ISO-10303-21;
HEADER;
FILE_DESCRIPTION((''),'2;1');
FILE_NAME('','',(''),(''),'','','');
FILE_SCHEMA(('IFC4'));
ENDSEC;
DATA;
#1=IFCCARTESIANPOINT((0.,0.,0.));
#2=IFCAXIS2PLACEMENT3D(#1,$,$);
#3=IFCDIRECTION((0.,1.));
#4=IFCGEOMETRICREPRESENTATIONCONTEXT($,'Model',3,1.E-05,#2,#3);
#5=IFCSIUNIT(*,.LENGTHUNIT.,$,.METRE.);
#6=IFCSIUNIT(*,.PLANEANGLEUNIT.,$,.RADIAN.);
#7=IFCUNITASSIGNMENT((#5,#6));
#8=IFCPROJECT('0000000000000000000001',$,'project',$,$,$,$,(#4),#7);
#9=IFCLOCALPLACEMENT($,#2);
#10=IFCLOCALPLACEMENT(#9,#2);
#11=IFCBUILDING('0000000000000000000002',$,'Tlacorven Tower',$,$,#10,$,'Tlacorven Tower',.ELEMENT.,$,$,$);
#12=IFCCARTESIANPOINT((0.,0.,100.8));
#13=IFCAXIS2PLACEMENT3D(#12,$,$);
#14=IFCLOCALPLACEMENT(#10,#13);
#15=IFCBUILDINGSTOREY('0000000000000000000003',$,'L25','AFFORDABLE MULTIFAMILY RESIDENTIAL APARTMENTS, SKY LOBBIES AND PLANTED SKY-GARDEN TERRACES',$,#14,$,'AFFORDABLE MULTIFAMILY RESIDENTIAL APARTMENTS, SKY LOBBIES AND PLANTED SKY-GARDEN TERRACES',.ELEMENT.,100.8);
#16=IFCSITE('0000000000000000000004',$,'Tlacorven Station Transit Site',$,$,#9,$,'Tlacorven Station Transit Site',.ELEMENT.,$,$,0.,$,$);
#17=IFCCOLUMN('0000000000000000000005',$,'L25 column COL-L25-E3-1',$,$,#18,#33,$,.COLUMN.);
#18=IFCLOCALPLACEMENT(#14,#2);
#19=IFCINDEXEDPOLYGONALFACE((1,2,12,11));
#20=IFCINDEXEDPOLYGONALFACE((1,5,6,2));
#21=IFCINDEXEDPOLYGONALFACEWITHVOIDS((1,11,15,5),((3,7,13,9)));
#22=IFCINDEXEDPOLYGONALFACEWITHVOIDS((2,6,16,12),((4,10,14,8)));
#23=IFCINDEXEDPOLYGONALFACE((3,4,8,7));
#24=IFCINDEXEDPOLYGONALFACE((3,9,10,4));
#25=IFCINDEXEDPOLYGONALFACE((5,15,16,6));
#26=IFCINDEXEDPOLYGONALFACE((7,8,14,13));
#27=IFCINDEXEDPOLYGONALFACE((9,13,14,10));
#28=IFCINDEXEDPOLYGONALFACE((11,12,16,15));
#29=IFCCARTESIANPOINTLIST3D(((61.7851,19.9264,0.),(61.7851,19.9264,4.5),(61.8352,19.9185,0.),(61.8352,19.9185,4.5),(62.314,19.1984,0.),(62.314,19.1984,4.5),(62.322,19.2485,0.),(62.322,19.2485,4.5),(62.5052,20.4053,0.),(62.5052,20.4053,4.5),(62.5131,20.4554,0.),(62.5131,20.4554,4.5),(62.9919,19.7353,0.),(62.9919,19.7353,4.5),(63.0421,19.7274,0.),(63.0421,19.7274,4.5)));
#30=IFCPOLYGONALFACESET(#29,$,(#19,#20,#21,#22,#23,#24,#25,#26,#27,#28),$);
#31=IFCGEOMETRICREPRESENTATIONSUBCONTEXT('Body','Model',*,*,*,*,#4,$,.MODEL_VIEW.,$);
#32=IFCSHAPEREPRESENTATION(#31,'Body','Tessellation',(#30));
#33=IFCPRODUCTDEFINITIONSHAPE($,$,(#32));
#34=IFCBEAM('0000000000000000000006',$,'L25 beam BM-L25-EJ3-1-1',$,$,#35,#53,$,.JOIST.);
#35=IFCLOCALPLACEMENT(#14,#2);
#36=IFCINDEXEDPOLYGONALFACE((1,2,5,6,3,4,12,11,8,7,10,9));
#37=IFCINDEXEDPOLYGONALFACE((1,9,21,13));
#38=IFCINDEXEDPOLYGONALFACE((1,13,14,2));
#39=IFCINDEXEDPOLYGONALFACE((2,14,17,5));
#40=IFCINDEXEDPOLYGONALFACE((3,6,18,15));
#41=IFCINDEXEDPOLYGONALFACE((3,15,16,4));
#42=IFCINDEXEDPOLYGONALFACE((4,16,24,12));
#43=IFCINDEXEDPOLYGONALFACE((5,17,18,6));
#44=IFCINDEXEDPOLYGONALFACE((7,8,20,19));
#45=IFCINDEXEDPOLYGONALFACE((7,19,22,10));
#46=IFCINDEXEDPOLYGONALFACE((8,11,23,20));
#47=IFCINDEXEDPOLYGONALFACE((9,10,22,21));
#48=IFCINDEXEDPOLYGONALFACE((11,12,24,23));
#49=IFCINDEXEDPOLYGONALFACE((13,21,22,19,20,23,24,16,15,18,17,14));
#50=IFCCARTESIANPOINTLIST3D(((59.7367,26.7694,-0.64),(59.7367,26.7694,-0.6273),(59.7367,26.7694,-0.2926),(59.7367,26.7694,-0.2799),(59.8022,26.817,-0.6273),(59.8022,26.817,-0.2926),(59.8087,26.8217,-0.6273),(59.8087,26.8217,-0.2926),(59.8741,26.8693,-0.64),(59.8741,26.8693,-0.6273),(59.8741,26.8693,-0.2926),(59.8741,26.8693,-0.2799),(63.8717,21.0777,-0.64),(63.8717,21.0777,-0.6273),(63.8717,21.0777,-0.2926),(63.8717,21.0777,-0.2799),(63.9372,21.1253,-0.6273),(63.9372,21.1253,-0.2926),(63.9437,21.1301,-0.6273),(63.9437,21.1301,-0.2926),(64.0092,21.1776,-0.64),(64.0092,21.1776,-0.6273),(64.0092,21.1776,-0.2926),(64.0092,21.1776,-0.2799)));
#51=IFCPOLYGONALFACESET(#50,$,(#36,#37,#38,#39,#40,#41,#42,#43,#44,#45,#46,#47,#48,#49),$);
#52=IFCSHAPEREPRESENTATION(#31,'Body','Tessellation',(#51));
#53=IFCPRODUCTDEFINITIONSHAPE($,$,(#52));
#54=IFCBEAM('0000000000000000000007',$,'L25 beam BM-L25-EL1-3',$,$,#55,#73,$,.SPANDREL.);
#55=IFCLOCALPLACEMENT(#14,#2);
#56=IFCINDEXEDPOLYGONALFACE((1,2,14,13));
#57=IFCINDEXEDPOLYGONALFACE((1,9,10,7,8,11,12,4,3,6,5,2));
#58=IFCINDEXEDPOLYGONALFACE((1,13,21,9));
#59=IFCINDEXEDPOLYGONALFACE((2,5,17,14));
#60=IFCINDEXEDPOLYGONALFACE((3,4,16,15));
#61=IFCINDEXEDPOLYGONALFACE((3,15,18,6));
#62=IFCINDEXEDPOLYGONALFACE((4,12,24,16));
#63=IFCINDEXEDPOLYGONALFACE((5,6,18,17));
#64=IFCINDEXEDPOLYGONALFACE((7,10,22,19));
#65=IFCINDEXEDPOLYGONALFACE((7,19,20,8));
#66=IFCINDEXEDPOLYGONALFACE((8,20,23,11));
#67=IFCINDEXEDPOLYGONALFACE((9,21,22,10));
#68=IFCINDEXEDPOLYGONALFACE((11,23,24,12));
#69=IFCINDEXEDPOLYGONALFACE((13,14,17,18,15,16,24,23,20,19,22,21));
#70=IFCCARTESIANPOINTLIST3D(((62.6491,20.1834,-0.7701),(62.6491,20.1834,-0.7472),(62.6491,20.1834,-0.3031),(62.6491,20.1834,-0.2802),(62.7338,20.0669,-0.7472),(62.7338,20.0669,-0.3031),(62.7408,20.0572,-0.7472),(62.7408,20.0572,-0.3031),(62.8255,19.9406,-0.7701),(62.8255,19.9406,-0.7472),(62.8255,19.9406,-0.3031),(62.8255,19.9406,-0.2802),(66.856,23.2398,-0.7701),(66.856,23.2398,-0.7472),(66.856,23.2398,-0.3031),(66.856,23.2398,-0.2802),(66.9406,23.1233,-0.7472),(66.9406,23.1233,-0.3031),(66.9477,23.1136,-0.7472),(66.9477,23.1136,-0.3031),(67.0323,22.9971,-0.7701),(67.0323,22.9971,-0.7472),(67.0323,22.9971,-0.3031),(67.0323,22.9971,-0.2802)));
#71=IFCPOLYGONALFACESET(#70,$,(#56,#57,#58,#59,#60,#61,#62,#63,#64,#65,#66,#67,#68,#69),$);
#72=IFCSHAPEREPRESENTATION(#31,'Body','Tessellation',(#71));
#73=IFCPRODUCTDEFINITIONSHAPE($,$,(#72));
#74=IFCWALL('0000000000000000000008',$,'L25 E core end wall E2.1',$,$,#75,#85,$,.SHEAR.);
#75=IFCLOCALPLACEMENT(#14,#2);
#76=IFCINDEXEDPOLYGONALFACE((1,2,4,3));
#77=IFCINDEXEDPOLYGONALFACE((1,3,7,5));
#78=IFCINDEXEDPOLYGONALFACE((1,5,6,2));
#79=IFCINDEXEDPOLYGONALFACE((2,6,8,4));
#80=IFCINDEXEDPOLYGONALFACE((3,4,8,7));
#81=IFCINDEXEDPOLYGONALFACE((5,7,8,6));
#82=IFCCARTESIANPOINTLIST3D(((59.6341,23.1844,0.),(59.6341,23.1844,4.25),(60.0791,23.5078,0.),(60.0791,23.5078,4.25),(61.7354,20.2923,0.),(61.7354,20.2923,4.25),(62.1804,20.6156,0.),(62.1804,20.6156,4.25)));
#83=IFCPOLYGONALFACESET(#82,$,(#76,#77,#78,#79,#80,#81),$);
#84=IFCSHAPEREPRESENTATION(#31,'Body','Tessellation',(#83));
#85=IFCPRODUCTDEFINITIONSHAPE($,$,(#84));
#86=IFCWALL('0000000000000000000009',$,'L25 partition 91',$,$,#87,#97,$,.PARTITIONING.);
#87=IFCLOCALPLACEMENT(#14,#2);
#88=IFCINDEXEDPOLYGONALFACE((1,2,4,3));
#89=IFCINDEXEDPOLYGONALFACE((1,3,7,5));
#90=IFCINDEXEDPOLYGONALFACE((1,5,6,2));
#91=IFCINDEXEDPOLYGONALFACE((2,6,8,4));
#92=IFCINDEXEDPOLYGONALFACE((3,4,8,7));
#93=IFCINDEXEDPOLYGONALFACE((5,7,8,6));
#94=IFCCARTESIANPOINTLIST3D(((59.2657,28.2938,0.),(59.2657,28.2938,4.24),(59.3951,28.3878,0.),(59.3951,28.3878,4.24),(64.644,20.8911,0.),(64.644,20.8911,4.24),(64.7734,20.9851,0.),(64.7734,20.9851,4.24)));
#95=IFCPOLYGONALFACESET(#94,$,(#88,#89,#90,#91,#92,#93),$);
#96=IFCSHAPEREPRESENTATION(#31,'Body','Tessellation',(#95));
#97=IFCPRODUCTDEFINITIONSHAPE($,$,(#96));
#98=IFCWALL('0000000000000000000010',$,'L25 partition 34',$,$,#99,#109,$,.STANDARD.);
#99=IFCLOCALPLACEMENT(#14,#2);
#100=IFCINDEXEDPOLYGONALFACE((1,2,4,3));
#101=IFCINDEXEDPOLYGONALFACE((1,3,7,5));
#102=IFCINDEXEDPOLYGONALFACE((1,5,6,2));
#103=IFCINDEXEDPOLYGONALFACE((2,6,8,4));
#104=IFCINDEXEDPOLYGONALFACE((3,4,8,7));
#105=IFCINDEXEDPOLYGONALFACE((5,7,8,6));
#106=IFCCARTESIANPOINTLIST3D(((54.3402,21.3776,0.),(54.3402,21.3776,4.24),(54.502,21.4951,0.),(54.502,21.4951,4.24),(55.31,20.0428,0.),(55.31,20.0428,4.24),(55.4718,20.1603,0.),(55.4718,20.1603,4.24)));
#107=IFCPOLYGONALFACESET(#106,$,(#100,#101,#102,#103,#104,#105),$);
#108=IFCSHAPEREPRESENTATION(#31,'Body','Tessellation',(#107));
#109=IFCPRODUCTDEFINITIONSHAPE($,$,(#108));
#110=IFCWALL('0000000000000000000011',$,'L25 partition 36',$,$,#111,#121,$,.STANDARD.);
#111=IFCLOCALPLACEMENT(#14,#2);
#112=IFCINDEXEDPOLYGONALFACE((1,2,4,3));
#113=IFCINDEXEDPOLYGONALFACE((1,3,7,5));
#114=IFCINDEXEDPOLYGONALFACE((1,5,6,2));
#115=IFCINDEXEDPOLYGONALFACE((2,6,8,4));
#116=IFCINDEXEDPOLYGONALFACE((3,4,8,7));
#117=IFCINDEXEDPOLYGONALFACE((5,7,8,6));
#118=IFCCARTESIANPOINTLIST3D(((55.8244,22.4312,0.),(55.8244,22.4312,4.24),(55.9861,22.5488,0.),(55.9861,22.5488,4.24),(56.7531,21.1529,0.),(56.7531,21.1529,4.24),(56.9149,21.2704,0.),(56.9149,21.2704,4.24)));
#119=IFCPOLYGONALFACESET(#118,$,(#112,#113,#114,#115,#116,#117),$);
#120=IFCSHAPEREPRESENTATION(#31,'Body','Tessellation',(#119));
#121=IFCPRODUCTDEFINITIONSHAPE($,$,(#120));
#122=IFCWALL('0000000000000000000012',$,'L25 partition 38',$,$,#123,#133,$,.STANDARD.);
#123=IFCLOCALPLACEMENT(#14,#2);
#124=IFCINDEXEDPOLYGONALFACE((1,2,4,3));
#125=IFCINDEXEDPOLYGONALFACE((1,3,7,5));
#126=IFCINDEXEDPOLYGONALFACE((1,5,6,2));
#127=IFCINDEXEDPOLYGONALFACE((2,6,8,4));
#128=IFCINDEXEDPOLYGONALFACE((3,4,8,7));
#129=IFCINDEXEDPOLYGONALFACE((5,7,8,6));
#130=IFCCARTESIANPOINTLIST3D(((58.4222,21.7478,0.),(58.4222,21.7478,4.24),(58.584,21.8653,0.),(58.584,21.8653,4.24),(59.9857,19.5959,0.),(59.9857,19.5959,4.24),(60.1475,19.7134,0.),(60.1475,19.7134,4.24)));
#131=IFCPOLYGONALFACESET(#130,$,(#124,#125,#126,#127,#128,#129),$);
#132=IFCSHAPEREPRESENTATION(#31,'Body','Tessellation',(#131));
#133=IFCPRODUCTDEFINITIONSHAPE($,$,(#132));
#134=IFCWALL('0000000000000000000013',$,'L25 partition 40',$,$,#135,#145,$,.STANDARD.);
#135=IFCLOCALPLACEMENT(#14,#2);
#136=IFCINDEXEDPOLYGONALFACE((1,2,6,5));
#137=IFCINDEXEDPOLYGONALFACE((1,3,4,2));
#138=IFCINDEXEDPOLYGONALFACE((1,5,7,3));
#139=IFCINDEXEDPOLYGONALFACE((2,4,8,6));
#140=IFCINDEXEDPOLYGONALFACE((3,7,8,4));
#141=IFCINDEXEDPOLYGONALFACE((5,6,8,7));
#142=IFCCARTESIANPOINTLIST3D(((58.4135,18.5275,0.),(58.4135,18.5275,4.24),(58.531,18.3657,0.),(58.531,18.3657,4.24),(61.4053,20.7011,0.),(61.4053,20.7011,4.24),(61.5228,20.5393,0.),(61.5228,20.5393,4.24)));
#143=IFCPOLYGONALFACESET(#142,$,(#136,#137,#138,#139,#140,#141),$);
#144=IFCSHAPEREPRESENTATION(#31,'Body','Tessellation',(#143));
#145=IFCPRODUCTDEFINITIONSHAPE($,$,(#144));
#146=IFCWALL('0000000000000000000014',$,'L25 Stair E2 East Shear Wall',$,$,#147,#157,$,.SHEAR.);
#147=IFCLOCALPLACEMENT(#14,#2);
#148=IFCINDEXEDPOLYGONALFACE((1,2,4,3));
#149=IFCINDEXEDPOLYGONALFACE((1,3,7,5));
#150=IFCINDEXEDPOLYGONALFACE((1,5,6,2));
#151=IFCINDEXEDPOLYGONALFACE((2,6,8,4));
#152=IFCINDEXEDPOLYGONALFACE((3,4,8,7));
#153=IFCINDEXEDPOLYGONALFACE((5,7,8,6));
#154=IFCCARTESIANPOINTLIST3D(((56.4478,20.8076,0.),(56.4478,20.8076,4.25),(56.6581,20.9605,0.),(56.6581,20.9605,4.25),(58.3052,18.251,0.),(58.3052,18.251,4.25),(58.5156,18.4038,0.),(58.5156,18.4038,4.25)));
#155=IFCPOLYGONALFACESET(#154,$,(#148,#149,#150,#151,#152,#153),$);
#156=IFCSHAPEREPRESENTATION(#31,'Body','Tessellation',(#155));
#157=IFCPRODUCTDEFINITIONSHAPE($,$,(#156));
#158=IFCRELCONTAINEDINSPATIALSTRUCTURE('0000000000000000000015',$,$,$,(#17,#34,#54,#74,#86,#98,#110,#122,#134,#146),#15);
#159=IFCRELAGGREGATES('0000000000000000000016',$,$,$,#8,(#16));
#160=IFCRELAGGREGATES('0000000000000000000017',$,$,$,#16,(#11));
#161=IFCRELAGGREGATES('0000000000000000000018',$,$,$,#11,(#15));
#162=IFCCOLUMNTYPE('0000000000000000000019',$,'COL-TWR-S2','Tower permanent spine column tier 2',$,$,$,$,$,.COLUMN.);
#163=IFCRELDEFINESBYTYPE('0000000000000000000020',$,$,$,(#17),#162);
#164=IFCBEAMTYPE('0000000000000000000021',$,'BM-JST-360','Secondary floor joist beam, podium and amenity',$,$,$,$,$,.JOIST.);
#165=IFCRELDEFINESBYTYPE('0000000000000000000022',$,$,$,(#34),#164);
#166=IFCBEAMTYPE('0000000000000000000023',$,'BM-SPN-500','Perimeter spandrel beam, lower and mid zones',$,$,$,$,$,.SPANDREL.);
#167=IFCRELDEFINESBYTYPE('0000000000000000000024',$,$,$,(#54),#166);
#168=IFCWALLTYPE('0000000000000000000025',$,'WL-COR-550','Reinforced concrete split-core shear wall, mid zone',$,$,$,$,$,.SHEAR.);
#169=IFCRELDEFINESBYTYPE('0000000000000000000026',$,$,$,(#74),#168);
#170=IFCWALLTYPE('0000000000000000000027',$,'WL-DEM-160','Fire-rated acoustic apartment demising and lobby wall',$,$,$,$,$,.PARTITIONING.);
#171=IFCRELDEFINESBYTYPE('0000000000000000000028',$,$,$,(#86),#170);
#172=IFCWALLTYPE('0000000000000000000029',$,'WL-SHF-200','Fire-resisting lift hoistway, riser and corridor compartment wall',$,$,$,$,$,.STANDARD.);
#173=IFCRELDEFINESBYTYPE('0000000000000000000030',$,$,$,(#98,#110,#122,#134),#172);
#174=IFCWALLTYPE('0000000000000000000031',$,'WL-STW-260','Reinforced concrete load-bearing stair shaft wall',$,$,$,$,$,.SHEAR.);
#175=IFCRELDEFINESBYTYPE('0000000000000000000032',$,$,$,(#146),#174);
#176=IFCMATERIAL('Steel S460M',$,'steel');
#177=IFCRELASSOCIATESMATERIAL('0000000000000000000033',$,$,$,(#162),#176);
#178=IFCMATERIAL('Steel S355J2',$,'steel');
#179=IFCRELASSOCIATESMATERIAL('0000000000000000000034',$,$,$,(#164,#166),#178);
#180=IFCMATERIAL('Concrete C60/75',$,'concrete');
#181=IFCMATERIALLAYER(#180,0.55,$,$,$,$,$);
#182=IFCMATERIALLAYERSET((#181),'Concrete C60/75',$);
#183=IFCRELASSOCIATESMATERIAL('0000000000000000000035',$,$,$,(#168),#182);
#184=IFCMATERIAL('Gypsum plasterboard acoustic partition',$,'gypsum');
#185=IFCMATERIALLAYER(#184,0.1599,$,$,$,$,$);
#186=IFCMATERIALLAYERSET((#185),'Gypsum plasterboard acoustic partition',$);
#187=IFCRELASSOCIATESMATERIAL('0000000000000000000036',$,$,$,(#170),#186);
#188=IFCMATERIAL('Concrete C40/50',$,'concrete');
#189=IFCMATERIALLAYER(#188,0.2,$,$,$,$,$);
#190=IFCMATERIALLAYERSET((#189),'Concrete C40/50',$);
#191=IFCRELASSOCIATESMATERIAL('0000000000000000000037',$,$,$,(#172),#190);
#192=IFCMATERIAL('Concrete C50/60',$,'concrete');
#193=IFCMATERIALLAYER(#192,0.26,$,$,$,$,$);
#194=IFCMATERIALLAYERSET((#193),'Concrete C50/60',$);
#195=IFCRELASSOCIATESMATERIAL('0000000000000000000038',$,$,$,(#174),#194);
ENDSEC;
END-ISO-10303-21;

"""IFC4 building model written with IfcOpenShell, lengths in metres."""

from ifc_helpers import new_model, si_unit, direction, frame, frame_2d, origin, origin_2d, place, context, subcontext, project, spatial, rectangle, hollow_rectangle, i_section, extrude, source, transform, mapped, material, layer, layer_set, material_profile, profile_set, type_object, element, save


model = new_model("IFC4")

# Units and contexts
model_context = context("Model", 3, precision=1e-05, world=origin(), true_north=direction((0.0, 1.0)))
body_context = subcontext(model_context, "Body", "Model", "MODEL_VIEW")
ifc_project = project(units=[si_unit("LENGTHUNIT", "METRE"), si_unit("PLANEANGLEUNIT", "RADIAN")], contexts=[model_context])

# Site, building, storey
site_placement = place(None, origin())
site = spatial("IfcSite", under=ifc_project, at=site_placement, Name="Tlacorven Station Transit Site", LongName="Tlacorven Station Transit Site", CompositionType="ELEMENT", RefElevation=0.0)
building_placement = place(site_placement, origin())
building = spatial("IfcBuilding", under=site, at=building_placement, Name="Tlacorven Tower", LongName="Tlacorven Tower", CompositionType="ELEMENT")
storey_placement = place(building_placement, frame((0.0, 0.0, 100.8)))
storey = spatial("IfcBuildingStorey", under=building, at=storey_placement, Name="L25", Description="AFFORDABLE MULTIFAMILY RESIDENTIAL APARTMENTS, SKY LOBBIES AND PLANTED SKY-GARDEN TERRACES", LongName="AFFORDABLE MULTIFAMILY RESIDENTIAL APARTMENTS, SKY LOBBIES AND PLANTED SKY-GARDEN TERRACES", CompositionType="ELEMENT", Elevation=100.8)

# Column
ifc_material_1 = material(Name="Steel S460M", Category="steel")
ifc_material_profile_1 = material_profile(ifc_material_1, hollow_rectangle(XDim=0.8999, YDim=0.8999, WallThickness=0.0359, at=origin_2d()), Name="BOX 900X900X36")
ifc_profile_set_1 = profile_set([ifc_material_profile_1], Name="Steel S460M")
column_type = type_object("IfcColumnType", Name="COL-TWR-S2", Description="Tower permanent spine column tier 2", PredefinedType="COLUMN", material=ifc_profile_set_1)
shared_shape_1 = source(origin(), body_context, "Body", "SweptSolid", [
    extrude(hollow_rectangle(XDim=0.8999, YDim=0.8999, WallThickness=0.0359, at=origin_2d()), origin(), (0.0, 0.0, 1.0), 4.5),
])
column_placement = place(storey_placement, frame((62.4136, 19.8269, 0.0), z_axis=(0.0, 0.0, 1.0), x_axis=(0.809017, 0.587785, 0.0)))
element("IfcColumn", 1, at=column_placement, inside=storey, type_object=column_type, Name="L25 column COL-L25-E3-1", PredefinedType="COLUMN", context=body_context, shape_type="MappedRepresentation", body=[
    mapped(shared_shape_1, transform((0.0, 0.0, 0.0), scale=1.0)),
])

# Beams
ifc_material_2 = material(Name="Steel S355J2", Category="steel")
ifc_material_profile_2 = material_profile(ifc_material_2, i_section(OverallWidth=0.1699, OverallDepth=0.3601, WebThickness=0.0081, FlangeThickness=0.0127, at=origin_2d()), Name="IPE 360")
ifc_profile_set_2 = profile_set([ifc_material_profile_2], Name="Steel S355J2")
beam_type_1 = type_object("IfcBeamType", Name="BM-JST-360", Description="Secondary floor joist beam, podium and amenity", PredefinedType="JOIST", material=ifc_profile_set_2)
shared_shape_2 = source(origin(), body_context, "Body", "SweptSolid", [
    extrude(i_section(OverallWidth=0.1699, OverallDepth=0.3601, WebThickness=0.0081, FlangeThickness=0.0127, at=origin_2d()), origin(), (0.0, 0.0, 1.0), 7.0352),
])
beam_1_placement = place(storey_placement, frame((63.9404, 21.1277, -0.46), z_axis=(-0.587765, 0.809032, 0.0), x_axis=(-0.809032, -0.587765, 0.0)))
element("IfcBeam", 2, at=beam_1_placement, inside=storey, type_object=beam_type_1, Name="L25 beam BM-L25-EJ3-1-1", PredefinedType="JOIST", context=body_context, shape_type="MappedRepresentation", body=[
    mapped(shared_shape_2, transform((0.0, 0.0, 0.0), scale=1.0)),
])
ifc_material_profile_3 = material_profile(ifc_material_2, i_section(OverallWidth=0.3, OverallDepth=0.49, WebThickness=0.012, FlangeThickness=0.0229, at=origin_2d()), Name="HEA 500")
ifc_profile_set_3 = profile_set([ifc_material_profile_3], Name="Steel S355J2")
beam_type_2 = type_object("IfcBeamType", Name="BM-SPN-500", Description="Perimeter spandrel beam, lower and mid zones", PredefinedType="SPANDREL", material=ifc_profile_set_3)
shared_shape_3 = source(origin(), body_context, "Body", "SweptSolid", [
    extrude(i_section(OverallWidth=0.3, OverallDepth=0.49, WebThickness=0.012, FlangeThickness=0.0229, at=origin_2d()), origin(), (0.0, 0.0, 1.0), 5.2),
])
beam_2_placement = place(storey_placement, frame((62.7373, 20.062, -0.5251), z_axis=(0.809018, 0.587784, 0.0), x_axis=(-0.587784, 0.809018, 0.0)))
element("IfcBeam", 3, at=beam_2_placement, inside=storey, type_object=beam_type_2, Name="L25 beam BM-L25-EL1-3", PredefinedType="SPANDREL", context=body_context, shape_type="MappedRepresentation", body=[
    mapped(shared_shape_3, transform((0.0, 0.0, 0.0), scale=1.0)),
])

# Walls
ifc_material_3 = material(Name="Concrete C60/75", Category="concrete")
ifc_layer_1 = layer(ifc_material_3, 0.55)
ifc_layer_set_1 = layer_set([ifc_layer_1], Name="Concrete C60/75")
wall_type_1 = type_object("IfcWallType", Name="WL-COR-550", Description="Reinforced concrete split-core shear wall, mid zone", PredefinedType="SHEAR", material=ifc_layer_set_1)
wall_1_placement = place(storey_placement, frame((61.958, 20.4539, 0.0), z_axis=(0.0, 0.0, 1.0), x_axis=(-0.587802, 0.809005, 0.0)))
element("IfcWall", 4, at=wall_1_placement, inside=storey, type_object=wall_type_1, Name="L25 E core end wall E2.1", PredefinedType="SHEAR", context=body_context, shape_type="SweptSolid", body=[
    extrude(rectangle(XDim=3.575, YDim=0.55, at=frame_2d((1.7876, 0.0))), origin(), (0.0, 0.0, 1.0), 4.25),
])
ifc_material_4 = material(Name="Gypsum plasterboard acoustic partition", Category="gypsum")
ifc_layer_2 = layer(ifc_material_4, 0.1599)
ifc_layer_set_2 = layer_set([ifc_layer_2], Name="Gypsum plasterboard acoustic partition")
wall_type_2 = type_object("IfcWallType", Name="WL-DEM-160", Description="Fire-rated acoustic apartment demising and lobby wall", PredefinedType="PARTITIONING", material=ifc_layer_set_2)
wall_2_placement = place(storey_placement, frame((64.7087, 20.938, 0.0), z_axis=(0.0, 0.0, 1.0), x_axis=(-0.587777, 0.809023, 0.0)))
element("IfcWall", 5, at=wall_2_placement, inside=storey, type_object=wall_type_2, Name="L25 partition 91", PredefinedType="PARTITIONING", context=body_context, shape_type="SweptSolid", body=[
    extrude(rectangle(XDim=9.1501, YDim=0.1599, at=frame_2d((4.5752, 0.0))), origin(), (0.0, 0.0, 1.0), 4.24),
])

# Shared definitions
ifc_material_5 = material(Name="Concrete C40/50", Category="concrete")
ifc_layer_3 = layer(ifc_material_5, 0.2)
ifc_layer_set_3 = layer_set([ifc_layer_3], Name="Concrete C40/50")
wall_type_3 = type_object("IfcWallType", Name="WL-SHF-200", Description="Fire-resisting lift hoistway, riser and corridor compartment wall", PredefinedType="STANDARD", material=ifc_layer_set_3)

# Walls
wall_3_placement = place(storey_placement, frame((55.3909, 20.1016, 0.0), z_axis=(0.0, 0.0, 1.0), x_axis=(-0.587784, 0.809018, 0.0)))
element("IfcWall", 6, at=wall_3_placement, inside=storey, type_object=wall_type_3, Name="L25 partition 34", PredefinedType="STANDARD", context=body_context, shape_type="SweptSolid", body=[
    extrude(rectangle(XDim=1.6499, YDim=0.2, at=frame_2d((0.825, 0.0))), origin(), (0.0, 0.0, 1.0), 4.24),
])
wall_4_placement = place(storey_placement, frame((56.834, 21.2117, 0.0), z_axis=(0.0, 0.0, 1.0), x_axis=(-0.587767, 0.80903, 0.0)))
element("IfcWall", 7, at=wall_4_placement, inside=storey, type_object=wall_type_3, Name="L25 partition 36", PredefinedType="STANDARD", context=body_context, shape_type="SweptSolid", body=[
    extrude(rectangle(XDim=1.5801, YDim=0.2, at=frame_2d((0.79, 0.0))), origin(), (0.0, 0.0, 1.0), 4.24),
])
wall_5_placement = place(storey_placement, frame((60.0667, 19.6545, 0.0), z_axis=(0.0, 0.0, 1.0), x_axis=(-0.587801, 0.809006, 0.0)))
element("IfcWall", 8, at=wall_5_placement, inside=storey, type_object=wall_type_3, Name="L25 partition 38", PredefinedType="STANDARD", context=body_context, shape_type="SweptSolid", body=[
    extrude(rectangle(XDim=2.6599, YDim=0.2, at=frame_2d((1.3301, 0.0))), origin(), (0.0, 0.0, 1.0), 4.24),
])
wall_6_placement = place(storey_placement, frame((58.4722, 18.4465, 0.0), z_axis=(0.0, 0.0, 1.0), x_axis=(0.809019, 0.587783, 0.0)))
element("IfcWall", 9, at=wall_6_placement, inside=storey, type_object=wall_type_3, Name="L25 partition 40", PredefinedType="STANDARD", context=body_context, shape_type="SweptSolid", body=[
    extrude(rectangle(XDim=3.698, YDim=0.2, at=frame_2d((1.8491, 0.0))), origin(), (0.0, 0.0, 1.0), 4.24),
])
ifc_material_6 = material(Name="Concrete C50/60", Category="concrete")
ifc_layer_4 = layer(ifc_material_6, 0.26)
ifc_layer_set_4 = layer_set([ifc_layer_4], Name="Concrete C50/60")
wall_type_4 = type_object("IfcWallType", Name="WL-STW-260", Description="Reinforced concrete load-bearing stair shaft wall", PredefinedType="SHEAR", material=ifc_layer_set_4)
wall_7_placement = place(storey_placement, frame((58.4104, 18.3274, 0.0), z_axis=(0.0, 0.0, 1.0), x_axis=(-0.587767, 0.80903, 0.0)))
element("IfcWall", 10, at=wall_7_placement, inside=storey, type_object=wall_type_4, Name="L25 Stair E2 East Shear Wall", PredefinedType="SHEAR", context=body_context, shape_type="SweptSolid", body=[
    extrude(rectangle(XDim=3.1602, YDim=0.26, at=frame_2d((1.5801, 0.0))), origin(), (0.0, 0.0, 1.0), 4.25),
])

save(model, "model.ifc")
